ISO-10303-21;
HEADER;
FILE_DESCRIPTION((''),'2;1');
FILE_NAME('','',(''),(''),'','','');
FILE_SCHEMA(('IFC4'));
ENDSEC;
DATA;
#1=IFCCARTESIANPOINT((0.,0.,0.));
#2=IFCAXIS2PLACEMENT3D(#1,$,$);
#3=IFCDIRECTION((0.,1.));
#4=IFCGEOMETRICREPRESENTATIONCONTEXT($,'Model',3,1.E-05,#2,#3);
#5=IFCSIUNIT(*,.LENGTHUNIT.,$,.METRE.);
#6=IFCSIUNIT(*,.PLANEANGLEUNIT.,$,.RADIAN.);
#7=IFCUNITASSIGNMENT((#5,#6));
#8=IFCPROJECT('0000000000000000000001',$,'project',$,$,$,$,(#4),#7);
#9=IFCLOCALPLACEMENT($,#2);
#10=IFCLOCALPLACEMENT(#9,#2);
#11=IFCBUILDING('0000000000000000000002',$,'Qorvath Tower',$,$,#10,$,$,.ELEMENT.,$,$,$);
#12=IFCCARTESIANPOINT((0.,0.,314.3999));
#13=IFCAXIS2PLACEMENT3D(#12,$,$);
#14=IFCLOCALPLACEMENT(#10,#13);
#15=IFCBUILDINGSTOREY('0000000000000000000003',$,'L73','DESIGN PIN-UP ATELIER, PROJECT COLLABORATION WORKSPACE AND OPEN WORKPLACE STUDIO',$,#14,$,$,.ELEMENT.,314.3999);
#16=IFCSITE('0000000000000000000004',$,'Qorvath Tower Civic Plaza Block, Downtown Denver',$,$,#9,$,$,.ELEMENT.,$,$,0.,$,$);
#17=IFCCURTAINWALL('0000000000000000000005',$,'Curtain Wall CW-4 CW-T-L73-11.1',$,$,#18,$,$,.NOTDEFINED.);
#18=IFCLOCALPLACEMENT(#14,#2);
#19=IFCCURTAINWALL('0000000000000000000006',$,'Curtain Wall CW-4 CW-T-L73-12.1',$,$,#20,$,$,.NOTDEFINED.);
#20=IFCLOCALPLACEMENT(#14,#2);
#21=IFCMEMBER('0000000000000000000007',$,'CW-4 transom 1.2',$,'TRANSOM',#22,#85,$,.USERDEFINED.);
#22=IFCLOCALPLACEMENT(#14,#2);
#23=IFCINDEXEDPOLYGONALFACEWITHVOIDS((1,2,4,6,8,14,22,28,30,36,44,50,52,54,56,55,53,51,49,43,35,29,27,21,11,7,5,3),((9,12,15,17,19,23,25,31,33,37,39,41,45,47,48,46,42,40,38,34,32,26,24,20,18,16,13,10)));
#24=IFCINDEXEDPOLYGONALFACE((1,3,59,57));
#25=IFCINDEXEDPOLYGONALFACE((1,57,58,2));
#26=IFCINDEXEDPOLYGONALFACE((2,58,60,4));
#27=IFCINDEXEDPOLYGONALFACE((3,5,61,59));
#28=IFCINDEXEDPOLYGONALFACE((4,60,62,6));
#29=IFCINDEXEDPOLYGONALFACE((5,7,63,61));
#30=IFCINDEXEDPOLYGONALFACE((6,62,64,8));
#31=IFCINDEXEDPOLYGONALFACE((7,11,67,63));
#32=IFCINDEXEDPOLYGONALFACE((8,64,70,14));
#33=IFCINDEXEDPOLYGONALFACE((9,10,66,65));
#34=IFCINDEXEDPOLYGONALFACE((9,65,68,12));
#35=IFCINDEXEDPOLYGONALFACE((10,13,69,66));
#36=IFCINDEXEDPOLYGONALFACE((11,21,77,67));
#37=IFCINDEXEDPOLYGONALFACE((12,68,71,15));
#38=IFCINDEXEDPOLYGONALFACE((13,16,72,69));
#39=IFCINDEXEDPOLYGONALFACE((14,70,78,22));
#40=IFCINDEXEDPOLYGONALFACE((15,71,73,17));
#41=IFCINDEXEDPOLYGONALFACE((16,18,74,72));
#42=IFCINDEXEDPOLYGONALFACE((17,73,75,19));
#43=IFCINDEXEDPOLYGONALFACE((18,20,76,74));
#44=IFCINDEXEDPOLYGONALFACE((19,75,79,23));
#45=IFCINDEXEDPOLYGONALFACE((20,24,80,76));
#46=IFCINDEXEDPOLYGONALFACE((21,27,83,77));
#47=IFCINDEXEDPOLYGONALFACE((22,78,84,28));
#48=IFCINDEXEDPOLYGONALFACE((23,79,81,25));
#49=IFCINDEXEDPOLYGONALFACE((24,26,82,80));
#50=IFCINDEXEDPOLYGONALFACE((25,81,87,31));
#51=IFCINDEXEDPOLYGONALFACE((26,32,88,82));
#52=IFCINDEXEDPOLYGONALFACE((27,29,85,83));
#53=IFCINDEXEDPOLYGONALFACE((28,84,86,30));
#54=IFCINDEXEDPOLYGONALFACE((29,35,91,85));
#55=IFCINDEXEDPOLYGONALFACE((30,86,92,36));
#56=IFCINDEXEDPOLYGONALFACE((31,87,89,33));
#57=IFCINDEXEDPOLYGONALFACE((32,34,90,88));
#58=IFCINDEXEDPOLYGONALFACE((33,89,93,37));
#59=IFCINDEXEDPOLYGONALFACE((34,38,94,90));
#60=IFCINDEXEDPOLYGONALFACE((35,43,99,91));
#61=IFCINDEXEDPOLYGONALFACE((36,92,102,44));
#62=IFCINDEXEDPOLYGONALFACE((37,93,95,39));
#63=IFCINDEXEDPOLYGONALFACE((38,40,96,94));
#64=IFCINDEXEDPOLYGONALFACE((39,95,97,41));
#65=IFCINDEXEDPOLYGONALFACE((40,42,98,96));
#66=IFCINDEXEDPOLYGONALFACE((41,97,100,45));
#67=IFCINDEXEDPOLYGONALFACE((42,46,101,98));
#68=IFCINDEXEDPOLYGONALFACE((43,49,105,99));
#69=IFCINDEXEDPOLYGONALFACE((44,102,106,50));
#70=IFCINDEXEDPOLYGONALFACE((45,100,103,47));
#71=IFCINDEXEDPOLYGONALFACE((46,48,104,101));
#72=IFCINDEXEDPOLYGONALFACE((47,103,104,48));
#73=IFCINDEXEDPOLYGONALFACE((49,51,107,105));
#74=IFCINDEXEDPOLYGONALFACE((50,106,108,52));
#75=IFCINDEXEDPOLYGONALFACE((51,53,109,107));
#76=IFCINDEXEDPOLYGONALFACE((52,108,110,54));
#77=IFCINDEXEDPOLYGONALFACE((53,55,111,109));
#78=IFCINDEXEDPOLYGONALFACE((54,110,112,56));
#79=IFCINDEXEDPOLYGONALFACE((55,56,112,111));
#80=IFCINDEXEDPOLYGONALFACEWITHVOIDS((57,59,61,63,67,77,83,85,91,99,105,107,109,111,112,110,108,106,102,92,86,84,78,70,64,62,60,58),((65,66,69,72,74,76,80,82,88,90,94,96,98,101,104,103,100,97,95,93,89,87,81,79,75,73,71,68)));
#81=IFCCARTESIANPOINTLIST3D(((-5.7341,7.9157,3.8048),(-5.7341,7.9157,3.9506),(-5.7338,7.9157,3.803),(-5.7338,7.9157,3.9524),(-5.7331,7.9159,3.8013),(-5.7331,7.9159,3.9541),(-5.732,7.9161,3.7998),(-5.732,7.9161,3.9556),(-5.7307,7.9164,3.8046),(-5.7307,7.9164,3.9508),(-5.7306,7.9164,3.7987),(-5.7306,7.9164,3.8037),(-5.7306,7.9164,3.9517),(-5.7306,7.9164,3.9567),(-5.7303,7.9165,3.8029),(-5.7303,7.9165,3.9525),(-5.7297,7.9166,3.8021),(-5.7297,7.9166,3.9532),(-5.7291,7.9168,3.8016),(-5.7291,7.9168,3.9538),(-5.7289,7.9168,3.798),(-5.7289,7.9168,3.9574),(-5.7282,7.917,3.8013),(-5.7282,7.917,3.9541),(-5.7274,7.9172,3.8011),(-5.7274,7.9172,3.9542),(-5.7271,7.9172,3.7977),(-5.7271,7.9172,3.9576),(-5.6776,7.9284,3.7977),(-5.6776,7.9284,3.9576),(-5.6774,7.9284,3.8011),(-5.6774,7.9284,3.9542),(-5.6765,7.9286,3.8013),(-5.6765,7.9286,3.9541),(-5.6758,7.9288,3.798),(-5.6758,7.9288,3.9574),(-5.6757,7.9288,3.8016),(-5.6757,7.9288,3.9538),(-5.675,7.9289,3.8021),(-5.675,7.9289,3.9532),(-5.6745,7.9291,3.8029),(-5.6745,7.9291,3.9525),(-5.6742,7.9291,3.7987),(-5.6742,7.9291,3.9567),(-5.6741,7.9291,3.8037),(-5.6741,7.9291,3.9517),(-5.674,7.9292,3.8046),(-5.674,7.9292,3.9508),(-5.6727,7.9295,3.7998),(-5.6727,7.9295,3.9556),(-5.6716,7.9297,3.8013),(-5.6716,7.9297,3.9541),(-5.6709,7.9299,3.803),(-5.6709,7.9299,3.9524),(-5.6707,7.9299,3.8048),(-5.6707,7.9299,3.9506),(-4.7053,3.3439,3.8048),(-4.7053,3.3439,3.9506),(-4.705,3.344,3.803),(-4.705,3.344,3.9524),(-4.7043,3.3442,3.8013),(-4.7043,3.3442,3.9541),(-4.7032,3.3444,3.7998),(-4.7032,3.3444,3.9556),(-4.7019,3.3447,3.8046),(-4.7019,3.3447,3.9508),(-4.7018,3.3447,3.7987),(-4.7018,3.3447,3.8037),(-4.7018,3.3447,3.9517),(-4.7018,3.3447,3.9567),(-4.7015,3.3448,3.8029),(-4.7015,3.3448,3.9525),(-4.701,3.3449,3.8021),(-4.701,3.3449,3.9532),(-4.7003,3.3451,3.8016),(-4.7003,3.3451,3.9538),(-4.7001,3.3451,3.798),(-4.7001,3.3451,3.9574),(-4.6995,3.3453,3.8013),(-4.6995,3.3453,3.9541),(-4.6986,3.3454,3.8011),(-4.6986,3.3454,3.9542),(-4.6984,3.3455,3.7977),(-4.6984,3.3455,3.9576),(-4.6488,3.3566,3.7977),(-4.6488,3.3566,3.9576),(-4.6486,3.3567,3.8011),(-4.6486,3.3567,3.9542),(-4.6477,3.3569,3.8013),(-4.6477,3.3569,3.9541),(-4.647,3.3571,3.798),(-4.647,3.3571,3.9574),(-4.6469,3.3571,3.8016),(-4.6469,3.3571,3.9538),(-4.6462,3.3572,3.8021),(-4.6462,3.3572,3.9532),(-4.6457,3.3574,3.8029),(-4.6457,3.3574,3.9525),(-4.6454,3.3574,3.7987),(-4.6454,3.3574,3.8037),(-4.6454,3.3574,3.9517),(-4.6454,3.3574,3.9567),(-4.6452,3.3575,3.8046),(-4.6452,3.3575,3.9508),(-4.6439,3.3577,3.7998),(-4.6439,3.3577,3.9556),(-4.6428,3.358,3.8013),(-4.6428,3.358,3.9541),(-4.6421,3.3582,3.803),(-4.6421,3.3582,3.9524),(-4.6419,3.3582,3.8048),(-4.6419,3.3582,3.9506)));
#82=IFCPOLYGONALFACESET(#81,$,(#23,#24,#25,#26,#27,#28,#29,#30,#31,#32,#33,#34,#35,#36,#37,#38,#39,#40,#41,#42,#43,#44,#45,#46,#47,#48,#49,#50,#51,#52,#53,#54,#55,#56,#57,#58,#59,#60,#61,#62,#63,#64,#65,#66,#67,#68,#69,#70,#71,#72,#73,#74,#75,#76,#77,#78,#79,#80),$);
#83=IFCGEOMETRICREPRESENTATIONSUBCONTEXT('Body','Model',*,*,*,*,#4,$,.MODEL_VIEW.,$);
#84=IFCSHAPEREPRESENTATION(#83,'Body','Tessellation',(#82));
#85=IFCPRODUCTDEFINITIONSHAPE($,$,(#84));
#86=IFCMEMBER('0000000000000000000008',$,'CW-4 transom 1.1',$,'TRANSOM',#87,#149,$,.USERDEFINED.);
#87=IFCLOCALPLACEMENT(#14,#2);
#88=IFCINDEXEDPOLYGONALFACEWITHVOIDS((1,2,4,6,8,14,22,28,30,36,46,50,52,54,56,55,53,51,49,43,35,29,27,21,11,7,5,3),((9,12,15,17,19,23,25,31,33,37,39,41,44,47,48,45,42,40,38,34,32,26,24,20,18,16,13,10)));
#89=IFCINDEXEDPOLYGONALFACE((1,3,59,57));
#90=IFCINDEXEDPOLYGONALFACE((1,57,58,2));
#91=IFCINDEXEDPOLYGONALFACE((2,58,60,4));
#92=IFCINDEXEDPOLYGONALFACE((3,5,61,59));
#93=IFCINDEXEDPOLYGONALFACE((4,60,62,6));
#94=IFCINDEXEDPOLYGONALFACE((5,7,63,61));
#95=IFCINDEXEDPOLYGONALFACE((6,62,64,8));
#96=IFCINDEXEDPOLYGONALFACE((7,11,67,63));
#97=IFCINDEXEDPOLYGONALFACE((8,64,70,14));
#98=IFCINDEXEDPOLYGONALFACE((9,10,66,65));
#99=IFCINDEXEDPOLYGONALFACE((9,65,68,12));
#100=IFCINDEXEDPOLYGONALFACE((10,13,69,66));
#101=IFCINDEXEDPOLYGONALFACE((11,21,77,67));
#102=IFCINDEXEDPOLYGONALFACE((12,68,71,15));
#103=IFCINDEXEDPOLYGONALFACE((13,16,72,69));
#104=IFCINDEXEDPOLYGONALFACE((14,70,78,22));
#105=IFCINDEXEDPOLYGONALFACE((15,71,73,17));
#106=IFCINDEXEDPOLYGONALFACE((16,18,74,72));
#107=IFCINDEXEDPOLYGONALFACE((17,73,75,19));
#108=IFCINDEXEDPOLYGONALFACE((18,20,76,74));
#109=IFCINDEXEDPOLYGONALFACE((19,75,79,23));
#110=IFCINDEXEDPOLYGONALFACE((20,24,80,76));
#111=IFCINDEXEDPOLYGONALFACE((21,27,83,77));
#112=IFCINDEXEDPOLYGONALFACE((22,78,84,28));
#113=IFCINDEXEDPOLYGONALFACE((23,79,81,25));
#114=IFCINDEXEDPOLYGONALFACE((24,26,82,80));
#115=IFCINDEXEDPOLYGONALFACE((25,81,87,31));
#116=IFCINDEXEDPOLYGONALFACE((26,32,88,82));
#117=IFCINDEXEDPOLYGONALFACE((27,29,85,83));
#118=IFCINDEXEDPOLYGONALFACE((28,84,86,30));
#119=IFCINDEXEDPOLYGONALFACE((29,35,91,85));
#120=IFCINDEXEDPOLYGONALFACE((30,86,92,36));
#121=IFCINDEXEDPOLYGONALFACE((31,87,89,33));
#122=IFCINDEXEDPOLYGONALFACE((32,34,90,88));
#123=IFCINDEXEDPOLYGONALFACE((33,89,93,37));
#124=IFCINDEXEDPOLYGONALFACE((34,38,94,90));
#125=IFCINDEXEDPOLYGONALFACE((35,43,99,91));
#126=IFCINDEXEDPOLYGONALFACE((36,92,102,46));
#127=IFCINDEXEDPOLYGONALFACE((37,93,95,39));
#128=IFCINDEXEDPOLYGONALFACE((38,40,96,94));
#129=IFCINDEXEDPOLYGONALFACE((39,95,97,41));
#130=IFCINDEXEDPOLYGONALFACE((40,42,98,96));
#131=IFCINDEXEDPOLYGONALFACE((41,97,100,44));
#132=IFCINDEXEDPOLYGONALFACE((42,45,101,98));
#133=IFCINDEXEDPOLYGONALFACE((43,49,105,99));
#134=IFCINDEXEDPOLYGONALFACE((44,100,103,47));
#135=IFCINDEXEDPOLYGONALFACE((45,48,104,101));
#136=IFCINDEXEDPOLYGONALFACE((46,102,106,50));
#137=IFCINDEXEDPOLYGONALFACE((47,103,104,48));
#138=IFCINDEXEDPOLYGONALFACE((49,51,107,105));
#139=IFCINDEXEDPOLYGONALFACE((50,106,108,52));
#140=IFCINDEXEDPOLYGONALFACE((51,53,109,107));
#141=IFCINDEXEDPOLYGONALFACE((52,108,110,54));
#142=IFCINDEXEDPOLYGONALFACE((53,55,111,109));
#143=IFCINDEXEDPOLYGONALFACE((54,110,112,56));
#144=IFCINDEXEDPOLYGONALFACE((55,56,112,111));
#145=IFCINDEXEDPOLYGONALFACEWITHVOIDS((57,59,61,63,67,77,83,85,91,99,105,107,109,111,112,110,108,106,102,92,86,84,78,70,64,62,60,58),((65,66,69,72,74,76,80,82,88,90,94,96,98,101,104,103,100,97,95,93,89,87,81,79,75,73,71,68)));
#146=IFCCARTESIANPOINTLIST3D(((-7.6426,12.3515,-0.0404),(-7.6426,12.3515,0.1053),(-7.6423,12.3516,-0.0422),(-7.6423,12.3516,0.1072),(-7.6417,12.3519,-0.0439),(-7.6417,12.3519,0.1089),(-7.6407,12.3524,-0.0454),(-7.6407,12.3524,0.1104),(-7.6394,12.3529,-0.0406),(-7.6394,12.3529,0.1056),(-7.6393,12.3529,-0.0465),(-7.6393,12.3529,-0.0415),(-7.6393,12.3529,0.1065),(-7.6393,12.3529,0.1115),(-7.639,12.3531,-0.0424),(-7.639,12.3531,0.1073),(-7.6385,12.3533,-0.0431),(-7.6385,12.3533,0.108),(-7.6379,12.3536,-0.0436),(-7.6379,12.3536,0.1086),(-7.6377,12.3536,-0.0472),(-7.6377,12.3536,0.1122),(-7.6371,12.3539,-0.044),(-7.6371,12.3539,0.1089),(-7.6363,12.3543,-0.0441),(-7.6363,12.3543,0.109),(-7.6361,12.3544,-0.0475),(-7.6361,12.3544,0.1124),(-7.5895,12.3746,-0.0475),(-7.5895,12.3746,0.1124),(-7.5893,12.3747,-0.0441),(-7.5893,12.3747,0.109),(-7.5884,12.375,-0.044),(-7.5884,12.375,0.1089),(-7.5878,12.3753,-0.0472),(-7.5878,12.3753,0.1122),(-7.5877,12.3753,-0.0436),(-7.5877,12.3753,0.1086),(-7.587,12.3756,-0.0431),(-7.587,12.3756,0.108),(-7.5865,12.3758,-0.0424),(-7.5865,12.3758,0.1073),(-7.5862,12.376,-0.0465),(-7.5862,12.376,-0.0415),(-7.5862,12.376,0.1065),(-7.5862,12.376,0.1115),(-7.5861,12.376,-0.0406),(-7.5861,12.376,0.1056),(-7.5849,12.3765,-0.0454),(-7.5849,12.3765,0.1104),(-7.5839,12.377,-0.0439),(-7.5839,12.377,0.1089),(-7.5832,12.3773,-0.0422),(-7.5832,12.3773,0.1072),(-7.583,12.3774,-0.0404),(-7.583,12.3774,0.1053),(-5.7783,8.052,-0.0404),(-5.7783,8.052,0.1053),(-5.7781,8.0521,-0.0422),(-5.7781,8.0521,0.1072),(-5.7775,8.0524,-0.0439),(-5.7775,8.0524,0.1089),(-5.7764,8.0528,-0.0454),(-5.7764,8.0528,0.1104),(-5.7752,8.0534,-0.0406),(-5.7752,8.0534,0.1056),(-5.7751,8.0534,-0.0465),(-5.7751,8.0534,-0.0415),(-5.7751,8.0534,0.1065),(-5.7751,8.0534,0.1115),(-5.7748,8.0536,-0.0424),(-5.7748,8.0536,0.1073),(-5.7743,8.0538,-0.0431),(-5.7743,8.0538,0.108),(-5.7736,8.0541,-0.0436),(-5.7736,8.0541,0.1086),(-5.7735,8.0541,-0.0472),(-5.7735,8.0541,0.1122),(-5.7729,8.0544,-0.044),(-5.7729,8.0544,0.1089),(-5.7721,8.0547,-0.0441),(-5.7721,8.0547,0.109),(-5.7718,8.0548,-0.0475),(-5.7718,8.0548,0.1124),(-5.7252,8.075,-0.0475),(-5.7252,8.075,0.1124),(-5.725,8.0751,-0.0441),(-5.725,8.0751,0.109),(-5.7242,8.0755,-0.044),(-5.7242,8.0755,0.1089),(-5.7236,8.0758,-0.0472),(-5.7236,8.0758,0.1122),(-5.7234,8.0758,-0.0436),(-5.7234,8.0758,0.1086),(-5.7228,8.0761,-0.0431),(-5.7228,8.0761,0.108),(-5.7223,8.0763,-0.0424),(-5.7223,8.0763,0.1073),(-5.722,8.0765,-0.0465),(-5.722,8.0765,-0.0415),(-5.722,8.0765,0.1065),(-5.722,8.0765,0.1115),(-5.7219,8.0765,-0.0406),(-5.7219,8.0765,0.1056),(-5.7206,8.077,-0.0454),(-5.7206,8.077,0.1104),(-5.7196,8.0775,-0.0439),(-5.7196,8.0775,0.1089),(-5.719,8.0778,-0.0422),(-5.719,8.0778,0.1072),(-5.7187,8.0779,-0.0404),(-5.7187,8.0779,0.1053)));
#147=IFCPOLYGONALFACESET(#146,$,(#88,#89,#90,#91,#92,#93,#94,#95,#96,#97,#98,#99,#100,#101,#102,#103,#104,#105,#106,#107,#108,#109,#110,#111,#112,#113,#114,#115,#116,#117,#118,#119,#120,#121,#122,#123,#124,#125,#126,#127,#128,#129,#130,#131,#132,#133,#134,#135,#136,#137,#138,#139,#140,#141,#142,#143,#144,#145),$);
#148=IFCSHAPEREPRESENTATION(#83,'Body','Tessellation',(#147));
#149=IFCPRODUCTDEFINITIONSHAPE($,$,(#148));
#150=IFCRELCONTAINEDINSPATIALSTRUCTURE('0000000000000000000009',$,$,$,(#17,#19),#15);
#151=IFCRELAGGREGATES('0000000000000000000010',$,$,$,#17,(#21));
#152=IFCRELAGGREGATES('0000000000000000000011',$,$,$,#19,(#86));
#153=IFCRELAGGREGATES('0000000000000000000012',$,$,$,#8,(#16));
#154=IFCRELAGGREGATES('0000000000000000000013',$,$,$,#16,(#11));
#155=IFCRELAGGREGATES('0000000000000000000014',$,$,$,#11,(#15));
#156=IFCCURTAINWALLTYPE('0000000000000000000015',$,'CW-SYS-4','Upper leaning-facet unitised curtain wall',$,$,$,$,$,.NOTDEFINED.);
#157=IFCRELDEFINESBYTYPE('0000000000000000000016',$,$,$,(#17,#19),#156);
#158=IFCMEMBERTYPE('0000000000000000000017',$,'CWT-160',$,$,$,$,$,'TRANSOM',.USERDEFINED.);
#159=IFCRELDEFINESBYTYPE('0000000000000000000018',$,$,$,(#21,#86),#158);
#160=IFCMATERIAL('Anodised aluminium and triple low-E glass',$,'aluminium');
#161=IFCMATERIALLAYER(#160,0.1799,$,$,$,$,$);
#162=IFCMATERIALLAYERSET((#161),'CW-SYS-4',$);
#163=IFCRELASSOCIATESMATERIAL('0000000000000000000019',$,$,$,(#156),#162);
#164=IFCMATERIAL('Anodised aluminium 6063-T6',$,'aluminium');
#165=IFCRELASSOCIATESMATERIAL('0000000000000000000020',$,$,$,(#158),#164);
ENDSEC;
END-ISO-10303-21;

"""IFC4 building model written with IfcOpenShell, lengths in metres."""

from ifc_helpers import new_model, si_unit, direction, frame, origin, origin_2d, place, context, subcontext, project, spatial, hollow_rectangle, extrude, material, layer, layer_set, material_profile, profile_set, type_object, element, aggregate, save


model = new_model("IFC4")

# Units and contexts
model_context = context("Model", 3, precision=1e-05, world=origin(), true_north=direction((0.0, 1.0)))
body_context = subcontext(model_context, "Body", "Model", "MODEL_VIEW")
ifc_project = project(units=[si_unit("LENGTHUNIT", "METRE"), si_unit("PLANEANGLEUNIT", "RADIAN")], contexts=[model_context])

# Site, building, storey
site_placement = place(None, origin())
site = spatial("IfcSite", under=ifc_project, at=site_placement, Name="Qorvath Tower Civic Plaza Block, Downtown Denver", CompositionType="ELEMENT", RefElevation=0.0)
building_placement = place(site_placement, origin())
building = spatial("IfcBuilding", under=site, at=building_placement, Name="Qorvath Tower", CompositionType="ELEMENT")
storey_placement = place(building_placement, frame((0.0, 0.0, 314.3999)))
storey = spatial("IfcBuildingStorey", under=building, at=storey_placement, Name="L73", Description="DESIGN PIN-UP ATELIER, PROJECT COLLABORATION WORKSPACE AND OPEN WORKPLACE STUDIO", CompositionType="ELEMENT", Elevation=314.3999)

# Curtain wall
ifc_material_1 = material(Name="Anodised aluminium and triple low-E glass", Category="aluminium")
ifc_layer_1 = layer(ifc_material_1, 0.1799)
ifc_layer_set_1 = layer_set([ifc_layer_1], Name="CW-SYS-4")
curtain_wall_type = type_object("IfcCurtainWallType", Name="CW-SYS-4", Description="Upper leaning-facet unitised curtain wall", PredefinedType="NOTDEFINED", material=ifc_layer_set_1)
curtain_wall_1_placement = place(storey_placement, origin())
curtain_wall_1 = element("IfcCurtainWall", 1, at=curtain_wall_1_placement, inside=storey, type_object=curtain_wall_type, Name="Curtain Wall CW-4 CW-T-L73-11.1", PredefinedType="NOTDEFINED")

# Curtain wall
curtain_wall_2_placement = place(storey_placement, origin())
curtain_wall_2 = element("IfcCurtainWall", 2, at=curtain_wall_2_placement, inside=storey, type_object=curtain_wall_type, Name="Curtain Wall CW-4 CW-T-L73-12.1", PredefinedType="NOTDEFINED")

# Members
ifc_material_2 = material(Name="Anodised aluminium 6063-T6", Category="aluminium")
ifc_material_profile_1 = material_profile(ifc_material_2, hollow_rectangle(XDim=0.0649, YDim=0.1599, WallThickness=0.0034, InnerFilletRadius=0.0034, OuterFilletRadius=0.0071, at=origin_2d()), Name="CWT 160x65")
ifc_profile_set_1 = profile_set([ifc_material_profile_1], Name="Anodised aluminium 6063-T6")
member_type_1 = type_object("IfcMemberType", Name="CWT-160", ElementType="TRANSOM", PredefinedType="USERDEFINED", material=ifc_profile_set_1)
member_1_placement = place(storey_placement, frame((-4.6736, 3.3511, 3.8777), z_axis=(-0.219544, 0.975603, 0.0), x_axis=(-0.975603, -0.219544, 0.0)))
member_1 = element("IfcMember", 3, at=member_1_placement, type_object=member_type_1, Name="CW-4 transom 1.2", ObjectType="TRANSOM", PredefinedType="USERDEFINED", context=body_context, shape_type="SweptSolid", body=[
    extrude(hollow_rectangle(XDim=0.0649, YDim=0.1599, WallThickness=0.0034, InnerFilletRadius=0.0034, OuterFilletRadius=0.0071, at=origin_2d()), origin(), (0.0, 0.0, 1.0), 4.686),
])
member_2_placement = place(storey_placement, frame((-5.7485, 8.0649, 0.0325), z_axis=(-0.397808, 0.917469, 0.0), x_axis=(-0.917469, -0.397808, 0.0)))
member_2 = element("IfcMember", 4, at=member_2_placement, type_object=member_type_1, Name="CW-4 transom 1.1", ObjectType="TRANSOM", PredefinedType="USERDEFINED", context=body_context, shape_type="SweptSolid", body=[
    extrude(hollow_rectangle(XDim=0.0649, YDim=0.1599, WallThickness=0.0034, InnerFilletRadius=0.0034, OuterFilletRadius=0.0071, at=origin_2d()), origin(), (0.0, 0.0, 1.0), 4.6863),
])

aggregate(curtain_wall_1, [member_1])
aggregate(curtain_wall_2, [member_2])

save(model, "model.ifc")
